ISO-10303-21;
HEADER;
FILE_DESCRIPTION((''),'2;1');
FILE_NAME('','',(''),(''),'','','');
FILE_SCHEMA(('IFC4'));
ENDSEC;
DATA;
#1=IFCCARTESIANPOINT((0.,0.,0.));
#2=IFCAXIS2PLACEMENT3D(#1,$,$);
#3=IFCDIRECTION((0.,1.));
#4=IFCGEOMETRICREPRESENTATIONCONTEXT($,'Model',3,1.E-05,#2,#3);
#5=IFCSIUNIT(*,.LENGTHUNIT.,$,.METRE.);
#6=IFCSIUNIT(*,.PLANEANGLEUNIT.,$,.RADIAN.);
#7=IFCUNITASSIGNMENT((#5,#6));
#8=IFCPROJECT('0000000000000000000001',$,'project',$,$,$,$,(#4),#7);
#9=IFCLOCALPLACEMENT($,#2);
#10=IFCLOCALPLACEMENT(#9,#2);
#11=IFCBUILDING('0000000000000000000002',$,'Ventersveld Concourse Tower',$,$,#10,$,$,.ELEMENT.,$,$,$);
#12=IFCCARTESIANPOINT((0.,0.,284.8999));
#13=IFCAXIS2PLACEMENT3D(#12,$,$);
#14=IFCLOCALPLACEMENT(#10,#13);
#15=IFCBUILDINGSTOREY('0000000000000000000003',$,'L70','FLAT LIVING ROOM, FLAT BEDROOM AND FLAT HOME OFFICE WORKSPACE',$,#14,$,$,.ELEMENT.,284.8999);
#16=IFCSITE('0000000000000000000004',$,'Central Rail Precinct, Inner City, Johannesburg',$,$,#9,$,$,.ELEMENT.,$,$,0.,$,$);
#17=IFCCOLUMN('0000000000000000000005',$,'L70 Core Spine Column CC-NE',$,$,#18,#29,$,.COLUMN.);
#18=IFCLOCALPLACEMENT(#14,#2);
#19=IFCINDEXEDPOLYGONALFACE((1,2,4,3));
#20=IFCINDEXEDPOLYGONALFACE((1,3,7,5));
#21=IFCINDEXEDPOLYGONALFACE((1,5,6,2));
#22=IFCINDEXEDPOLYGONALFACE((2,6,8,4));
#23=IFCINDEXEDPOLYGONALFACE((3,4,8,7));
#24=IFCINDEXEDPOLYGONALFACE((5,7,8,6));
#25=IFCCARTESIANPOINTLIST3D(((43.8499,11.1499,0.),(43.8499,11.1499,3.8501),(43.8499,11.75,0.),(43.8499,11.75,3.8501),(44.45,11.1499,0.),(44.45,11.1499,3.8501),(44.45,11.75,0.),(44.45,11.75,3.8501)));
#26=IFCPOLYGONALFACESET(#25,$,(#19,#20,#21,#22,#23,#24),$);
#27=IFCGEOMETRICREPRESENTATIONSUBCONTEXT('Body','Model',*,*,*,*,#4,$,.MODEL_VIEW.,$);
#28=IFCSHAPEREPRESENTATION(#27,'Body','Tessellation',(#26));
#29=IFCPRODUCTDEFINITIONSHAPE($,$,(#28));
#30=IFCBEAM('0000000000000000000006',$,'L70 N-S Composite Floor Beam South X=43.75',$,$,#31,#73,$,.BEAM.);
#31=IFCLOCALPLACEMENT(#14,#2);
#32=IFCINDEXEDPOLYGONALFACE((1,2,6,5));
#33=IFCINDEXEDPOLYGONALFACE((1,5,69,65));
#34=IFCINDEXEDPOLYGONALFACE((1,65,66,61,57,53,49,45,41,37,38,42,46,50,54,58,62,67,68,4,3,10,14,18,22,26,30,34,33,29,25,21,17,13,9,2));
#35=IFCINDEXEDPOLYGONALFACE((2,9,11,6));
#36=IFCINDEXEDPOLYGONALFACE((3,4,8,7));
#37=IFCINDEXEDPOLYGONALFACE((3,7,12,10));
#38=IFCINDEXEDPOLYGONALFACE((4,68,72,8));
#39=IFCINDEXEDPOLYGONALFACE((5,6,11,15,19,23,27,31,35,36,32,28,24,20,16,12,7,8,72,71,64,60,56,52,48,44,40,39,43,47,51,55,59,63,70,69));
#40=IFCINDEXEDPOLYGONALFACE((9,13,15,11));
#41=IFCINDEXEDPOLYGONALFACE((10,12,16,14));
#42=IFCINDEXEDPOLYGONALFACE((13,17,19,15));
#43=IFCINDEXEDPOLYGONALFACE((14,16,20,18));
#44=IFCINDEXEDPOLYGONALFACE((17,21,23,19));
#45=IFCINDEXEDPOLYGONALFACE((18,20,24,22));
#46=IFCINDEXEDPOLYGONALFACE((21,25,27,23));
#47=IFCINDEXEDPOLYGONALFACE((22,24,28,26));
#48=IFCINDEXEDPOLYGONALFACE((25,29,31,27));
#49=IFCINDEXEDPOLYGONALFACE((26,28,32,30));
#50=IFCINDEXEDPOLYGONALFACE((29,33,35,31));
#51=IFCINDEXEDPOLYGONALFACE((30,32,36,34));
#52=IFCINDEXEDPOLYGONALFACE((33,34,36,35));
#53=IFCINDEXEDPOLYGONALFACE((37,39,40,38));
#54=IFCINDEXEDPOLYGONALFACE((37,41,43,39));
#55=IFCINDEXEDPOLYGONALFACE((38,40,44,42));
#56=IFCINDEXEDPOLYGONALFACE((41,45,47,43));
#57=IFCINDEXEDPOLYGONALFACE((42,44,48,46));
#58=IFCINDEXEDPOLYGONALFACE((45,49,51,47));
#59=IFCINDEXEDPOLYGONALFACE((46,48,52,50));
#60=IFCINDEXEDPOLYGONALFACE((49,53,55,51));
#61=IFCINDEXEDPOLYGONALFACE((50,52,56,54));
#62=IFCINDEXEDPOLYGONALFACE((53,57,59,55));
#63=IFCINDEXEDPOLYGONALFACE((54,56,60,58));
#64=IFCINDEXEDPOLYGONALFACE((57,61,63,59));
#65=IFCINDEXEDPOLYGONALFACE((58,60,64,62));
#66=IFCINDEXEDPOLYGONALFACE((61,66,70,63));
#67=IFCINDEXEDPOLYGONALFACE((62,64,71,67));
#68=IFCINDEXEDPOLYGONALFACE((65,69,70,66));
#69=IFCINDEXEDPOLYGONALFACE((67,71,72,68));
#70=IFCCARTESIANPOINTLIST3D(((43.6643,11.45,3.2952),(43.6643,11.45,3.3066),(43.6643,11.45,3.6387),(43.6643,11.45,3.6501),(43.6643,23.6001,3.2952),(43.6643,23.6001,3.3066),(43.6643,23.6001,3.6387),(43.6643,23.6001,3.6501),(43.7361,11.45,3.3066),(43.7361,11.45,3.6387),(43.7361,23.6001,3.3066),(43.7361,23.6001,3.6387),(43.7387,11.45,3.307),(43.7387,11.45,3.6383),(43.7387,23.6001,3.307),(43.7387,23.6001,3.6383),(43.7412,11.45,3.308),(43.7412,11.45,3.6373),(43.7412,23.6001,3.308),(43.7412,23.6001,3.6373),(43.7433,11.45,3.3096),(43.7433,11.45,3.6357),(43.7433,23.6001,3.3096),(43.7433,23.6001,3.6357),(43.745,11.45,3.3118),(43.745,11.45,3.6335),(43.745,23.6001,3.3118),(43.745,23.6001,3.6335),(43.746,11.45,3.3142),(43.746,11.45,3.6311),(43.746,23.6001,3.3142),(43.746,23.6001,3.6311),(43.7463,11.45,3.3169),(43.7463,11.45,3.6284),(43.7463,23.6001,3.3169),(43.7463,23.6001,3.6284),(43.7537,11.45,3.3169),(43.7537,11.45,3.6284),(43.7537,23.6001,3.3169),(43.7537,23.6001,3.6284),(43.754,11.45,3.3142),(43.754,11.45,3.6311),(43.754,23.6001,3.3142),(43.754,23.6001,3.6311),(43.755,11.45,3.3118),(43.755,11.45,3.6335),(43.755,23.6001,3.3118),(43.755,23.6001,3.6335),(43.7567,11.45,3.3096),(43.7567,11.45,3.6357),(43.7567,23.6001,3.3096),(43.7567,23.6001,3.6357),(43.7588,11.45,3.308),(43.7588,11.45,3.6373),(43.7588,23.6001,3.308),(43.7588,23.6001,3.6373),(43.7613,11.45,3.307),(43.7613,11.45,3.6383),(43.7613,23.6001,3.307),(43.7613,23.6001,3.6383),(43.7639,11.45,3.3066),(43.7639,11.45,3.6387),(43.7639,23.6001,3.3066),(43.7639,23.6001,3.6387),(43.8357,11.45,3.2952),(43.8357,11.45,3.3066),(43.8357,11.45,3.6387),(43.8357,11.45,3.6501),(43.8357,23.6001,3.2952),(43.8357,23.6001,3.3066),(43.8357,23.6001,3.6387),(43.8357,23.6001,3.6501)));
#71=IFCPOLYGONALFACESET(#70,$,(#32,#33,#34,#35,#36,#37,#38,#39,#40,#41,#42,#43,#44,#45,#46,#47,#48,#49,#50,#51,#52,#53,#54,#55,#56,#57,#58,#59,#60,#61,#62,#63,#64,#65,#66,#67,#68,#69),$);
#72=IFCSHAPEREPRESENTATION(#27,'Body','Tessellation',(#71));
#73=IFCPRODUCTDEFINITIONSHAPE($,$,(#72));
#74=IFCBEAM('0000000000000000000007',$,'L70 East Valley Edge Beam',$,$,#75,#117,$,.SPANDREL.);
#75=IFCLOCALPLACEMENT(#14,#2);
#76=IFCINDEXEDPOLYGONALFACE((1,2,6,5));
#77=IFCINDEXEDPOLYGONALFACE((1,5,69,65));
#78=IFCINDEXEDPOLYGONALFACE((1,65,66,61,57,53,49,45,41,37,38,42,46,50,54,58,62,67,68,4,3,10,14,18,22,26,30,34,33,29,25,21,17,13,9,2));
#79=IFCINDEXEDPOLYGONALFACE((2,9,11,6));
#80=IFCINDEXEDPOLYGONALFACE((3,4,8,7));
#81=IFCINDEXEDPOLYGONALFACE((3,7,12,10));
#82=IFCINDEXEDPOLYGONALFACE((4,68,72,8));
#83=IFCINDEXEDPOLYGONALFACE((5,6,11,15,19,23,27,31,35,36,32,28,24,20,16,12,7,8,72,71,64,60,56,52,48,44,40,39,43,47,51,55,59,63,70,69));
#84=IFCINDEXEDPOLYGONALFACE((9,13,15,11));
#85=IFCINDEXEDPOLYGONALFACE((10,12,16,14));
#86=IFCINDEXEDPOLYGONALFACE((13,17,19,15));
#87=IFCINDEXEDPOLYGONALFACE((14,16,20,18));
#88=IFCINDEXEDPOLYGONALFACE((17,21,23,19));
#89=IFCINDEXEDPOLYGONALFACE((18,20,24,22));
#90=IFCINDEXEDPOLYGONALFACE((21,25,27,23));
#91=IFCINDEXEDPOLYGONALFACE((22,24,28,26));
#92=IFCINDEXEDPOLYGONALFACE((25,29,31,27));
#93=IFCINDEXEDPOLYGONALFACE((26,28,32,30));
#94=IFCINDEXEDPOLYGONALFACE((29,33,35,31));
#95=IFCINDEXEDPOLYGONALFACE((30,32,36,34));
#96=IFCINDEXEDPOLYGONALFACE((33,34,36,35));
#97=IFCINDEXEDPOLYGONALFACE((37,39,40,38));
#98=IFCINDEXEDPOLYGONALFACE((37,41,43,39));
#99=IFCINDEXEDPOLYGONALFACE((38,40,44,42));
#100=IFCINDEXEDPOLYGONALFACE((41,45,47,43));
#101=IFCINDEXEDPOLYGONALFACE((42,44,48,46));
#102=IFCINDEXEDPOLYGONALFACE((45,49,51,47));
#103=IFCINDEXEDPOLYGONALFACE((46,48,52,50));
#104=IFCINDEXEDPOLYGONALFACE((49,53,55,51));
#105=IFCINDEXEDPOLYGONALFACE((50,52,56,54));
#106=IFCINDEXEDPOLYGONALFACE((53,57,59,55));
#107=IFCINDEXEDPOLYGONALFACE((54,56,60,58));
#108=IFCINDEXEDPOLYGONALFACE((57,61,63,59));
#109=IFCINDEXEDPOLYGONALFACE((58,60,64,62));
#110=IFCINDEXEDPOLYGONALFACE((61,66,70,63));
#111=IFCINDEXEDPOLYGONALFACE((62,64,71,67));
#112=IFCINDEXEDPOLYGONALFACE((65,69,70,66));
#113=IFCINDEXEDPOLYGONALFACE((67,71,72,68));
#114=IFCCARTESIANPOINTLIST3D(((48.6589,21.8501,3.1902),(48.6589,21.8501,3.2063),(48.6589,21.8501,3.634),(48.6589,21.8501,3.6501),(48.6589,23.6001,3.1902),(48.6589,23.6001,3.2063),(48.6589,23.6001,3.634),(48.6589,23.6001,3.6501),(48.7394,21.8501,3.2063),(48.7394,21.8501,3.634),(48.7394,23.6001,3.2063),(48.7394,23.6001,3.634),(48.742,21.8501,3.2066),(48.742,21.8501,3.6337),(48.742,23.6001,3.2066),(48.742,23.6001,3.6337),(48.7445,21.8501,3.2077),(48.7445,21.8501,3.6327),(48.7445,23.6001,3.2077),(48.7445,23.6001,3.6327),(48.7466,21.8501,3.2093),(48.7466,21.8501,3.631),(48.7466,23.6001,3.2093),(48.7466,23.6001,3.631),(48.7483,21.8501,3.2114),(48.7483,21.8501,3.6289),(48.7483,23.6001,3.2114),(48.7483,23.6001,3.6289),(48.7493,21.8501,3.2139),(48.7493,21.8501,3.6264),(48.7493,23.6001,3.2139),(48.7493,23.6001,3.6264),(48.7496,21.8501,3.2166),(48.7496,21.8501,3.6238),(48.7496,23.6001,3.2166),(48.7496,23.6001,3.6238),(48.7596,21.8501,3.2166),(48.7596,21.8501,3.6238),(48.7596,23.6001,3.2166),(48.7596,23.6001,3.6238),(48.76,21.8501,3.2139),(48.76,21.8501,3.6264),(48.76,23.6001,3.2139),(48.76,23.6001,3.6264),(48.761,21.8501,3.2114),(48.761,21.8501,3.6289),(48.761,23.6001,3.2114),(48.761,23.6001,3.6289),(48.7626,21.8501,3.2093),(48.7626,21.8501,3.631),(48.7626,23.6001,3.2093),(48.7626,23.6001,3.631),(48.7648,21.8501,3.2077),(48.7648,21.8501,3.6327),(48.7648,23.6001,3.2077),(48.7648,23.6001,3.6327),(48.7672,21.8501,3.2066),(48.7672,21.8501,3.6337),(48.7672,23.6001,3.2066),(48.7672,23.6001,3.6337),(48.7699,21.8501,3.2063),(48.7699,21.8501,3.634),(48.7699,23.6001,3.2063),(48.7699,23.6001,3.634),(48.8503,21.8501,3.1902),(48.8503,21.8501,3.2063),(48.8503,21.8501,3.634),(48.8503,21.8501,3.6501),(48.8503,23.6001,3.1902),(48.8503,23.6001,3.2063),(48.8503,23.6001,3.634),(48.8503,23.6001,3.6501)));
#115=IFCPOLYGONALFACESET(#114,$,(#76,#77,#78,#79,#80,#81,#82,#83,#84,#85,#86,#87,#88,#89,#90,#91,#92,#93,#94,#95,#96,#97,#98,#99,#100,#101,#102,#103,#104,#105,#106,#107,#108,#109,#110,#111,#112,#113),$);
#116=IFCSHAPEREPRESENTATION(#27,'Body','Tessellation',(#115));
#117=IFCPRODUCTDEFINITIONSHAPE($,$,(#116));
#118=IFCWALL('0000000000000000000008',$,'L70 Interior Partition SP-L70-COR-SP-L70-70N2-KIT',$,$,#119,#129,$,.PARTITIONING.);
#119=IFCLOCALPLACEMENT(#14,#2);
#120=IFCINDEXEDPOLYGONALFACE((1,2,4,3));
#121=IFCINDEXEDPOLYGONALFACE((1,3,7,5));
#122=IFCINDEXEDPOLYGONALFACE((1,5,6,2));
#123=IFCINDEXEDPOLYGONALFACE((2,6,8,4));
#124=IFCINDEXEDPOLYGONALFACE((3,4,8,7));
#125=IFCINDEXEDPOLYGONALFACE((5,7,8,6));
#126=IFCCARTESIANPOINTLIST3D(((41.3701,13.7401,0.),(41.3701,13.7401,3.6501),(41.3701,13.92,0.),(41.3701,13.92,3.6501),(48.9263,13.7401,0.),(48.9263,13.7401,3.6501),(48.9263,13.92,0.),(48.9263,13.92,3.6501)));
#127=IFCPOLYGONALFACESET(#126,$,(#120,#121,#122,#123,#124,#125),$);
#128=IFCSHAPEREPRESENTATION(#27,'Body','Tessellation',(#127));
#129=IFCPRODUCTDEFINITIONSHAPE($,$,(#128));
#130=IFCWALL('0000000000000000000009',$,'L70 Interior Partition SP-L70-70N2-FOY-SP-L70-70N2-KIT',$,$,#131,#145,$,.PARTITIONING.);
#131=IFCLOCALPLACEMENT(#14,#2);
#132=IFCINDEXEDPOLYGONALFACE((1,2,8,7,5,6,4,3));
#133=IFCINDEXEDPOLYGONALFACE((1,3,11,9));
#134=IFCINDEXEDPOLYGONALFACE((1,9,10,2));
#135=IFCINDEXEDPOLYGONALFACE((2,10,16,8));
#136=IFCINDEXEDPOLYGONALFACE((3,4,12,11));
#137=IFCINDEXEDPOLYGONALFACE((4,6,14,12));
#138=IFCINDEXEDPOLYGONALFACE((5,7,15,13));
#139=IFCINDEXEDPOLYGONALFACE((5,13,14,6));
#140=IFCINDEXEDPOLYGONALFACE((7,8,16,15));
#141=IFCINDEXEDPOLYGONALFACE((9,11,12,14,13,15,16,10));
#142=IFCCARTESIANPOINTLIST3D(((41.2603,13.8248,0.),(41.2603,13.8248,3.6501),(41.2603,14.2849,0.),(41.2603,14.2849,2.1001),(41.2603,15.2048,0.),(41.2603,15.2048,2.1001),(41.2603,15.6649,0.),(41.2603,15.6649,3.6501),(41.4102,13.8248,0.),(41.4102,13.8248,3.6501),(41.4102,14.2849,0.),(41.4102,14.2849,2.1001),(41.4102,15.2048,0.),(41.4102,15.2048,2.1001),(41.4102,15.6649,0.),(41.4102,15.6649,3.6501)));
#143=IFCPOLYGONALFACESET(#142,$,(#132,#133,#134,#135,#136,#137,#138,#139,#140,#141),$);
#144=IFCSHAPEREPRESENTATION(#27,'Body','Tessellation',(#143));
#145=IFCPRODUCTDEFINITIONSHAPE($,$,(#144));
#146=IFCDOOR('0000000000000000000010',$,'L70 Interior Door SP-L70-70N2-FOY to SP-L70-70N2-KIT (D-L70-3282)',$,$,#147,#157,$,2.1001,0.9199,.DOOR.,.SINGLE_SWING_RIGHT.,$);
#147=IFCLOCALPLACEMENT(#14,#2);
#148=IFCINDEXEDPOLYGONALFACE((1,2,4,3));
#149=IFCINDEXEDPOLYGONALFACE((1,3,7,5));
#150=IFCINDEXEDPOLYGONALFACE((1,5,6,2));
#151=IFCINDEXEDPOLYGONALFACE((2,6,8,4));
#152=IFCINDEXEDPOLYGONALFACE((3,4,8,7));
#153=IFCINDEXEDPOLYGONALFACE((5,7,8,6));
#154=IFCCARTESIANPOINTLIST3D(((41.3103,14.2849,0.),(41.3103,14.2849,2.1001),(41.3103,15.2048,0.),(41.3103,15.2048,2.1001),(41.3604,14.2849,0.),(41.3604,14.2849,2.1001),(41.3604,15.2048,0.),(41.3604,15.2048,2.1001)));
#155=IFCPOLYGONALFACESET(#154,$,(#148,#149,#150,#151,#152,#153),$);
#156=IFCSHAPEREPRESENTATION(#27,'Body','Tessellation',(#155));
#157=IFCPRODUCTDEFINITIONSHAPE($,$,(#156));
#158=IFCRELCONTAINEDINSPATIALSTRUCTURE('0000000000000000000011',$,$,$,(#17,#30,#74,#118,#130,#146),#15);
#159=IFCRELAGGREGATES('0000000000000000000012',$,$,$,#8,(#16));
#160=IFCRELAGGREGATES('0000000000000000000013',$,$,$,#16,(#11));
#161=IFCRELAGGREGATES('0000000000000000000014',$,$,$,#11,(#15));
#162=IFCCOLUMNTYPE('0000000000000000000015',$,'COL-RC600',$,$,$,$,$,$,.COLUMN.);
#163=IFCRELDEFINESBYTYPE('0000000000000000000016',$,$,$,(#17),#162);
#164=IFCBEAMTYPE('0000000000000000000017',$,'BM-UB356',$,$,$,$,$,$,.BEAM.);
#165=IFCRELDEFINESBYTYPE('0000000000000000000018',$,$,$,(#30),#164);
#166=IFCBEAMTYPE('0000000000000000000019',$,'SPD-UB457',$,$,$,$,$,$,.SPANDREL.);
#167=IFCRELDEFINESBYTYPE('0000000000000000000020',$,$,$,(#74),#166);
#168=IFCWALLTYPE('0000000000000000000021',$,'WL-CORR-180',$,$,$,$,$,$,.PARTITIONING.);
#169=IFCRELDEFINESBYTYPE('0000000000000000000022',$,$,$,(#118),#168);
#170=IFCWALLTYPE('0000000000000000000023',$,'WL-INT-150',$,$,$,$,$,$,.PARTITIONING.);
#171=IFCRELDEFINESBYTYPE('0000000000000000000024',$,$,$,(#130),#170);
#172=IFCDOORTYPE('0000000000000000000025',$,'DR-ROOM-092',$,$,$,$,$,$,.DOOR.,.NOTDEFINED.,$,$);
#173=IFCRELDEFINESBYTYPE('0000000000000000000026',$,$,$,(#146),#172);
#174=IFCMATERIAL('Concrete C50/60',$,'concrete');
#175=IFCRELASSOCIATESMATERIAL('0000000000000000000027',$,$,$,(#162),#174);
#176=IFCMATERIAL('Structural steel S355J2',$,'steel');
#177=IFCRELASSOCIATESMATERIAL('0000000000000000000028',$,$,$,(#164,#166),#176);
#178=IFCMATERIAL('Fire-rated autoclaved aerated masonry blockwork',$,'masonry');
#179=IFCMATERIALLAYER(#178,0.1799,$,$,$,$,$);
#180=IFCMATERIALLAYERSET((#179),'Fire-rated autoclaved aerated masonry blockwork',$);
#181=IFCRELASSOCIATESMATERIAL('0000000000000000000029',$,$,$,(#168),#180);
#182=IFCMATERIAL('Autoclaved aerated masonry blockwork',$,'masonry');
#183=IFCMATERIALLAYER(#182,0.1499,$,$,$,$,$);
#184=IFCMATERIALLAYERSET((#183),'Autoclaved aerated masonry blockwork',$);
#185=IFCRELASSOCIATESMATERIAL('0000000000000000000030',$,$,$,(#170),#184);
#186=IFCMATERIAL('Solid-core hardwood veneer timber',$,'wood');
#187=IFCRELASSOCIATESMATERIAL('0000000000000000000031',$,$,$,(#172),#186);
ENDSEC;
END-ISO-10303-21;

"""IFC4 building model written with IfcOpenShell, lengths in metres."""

from ifc_helpers import new_model, si_unit, direction, frame, frame_2d, origin, origin_2d, place, context, subcontext, project, spatial, rectangle, i_section, extrude, material, layer, layer_set, material_profile, profile_set, type_object, element, fill, save


model = new_model("IFC4")

# Units and contexts
model_context = context("Model", 3, precision=1e-05, world=origin(), true_north=direction((0.0, 1.0)))
body_context = subcontext(model_context, "Body", "Model", "MODEL_VIEW")
ifc_project = project(units=[si_unit("LENGTHUNIT", "METRE"), si_unit("PLANEANGLEUNIT", "RADIAN")], contexts=[model_context])

# Site, building, storey
site_placement = place(None, origin())
site = spatial("IfcSite", under=ifc_project, at=site_placement, Name="Central Rail Precinct, Inner City, Johannesburg", CompositionType="ELEMENT", RefElevation=0.0)
building_placement = place(site_placement, origin())
building = spatial("IfcBuilding", under=site, at=building_placement, Name="Ventersveld Concourse Tower", CompositionType="ELEMENT")
storey_placement = place(building_placement, frame((0.0, 0.0, 284.8999)))
storey = spatial("IfcBuildingStorey", under=building, at=storey_placement, Name="L70", Description="FLAT LIVING ROOM, FLAT BEDROOM AND FLAT HOME OFFICE WORKSPACE", CompositionType="ELEMENT", Elevation=284.8999)

# Column
ifc_material_1 = material(Name="Concrete C50/60", Category="concrete")
ifc_material_profile_1 = material_profile(ifc_material_1, rectangle(XDim=0.6001, YDim=0.6001, at=origin_2d()), Name="RC 600x600")
ifc_profile_set_1 = profile_set([ifc_material_profile_1], Name="Concrete C50/60")
column_type = type_object("IfcColumnType", Name="COL-RC600", PredefinedType="COLUMN", material=ifc_profile_set_1)
column_placement = place(storey_placement, frame((44.1499, 11.45, 0.0), z_axis=(0.0, 0.0, 1.0), x_axis=(1.0, 0.0, 0.0)))
element("IfcColumn", 1, at=column_placement, inside=storey, type_object=column_type, Name="L70 Core Spine Column CC-NE", PredefinedType="COLUMN", context=body_context, shape_type="SweptSolid", body=[
    extrude(rectangle(XDim=0.6001, YDim=0.6001, at=origin_2d()), origin(), (0.0, 0.0, 1.0), 3.8501),
])

# Beams
ifc_material_2 = material(Name="Structural steel S355J2", Category="steel")
ifc_material_profile_2 = material_profile(ifc_material_2, i_section(OverallWidth=0.1714, OverallDepth=0.355, WebThickness=0.0073, FlangeThickness=0.0115, FilletRadius=0.0103, at=origin_2d()), Name="UB 356x171x51")
ifc_profile_set_2 = profile_set([ifc_material_profile_2], Name="Structural steel S355J2")
beam_type_1 = type_object("IfcBeamType", Name="BM-UB356", PredefinedType="BEAM", material=ifc_profile_set_2)
beam_1_placement = place(storey_placement, frame((43.75, 11.45, 3.4727), z_axis=(0.0, 1.0, 0.0), x_axis=(-1.0, 0.0, 0.0)))
element("IfcBeam", 2, at=beam_1_placement, inside=storey, type_object=beam_type_1, Name="L70 N-S Composite Floor Beam South X=43.75", PredefinedType="BEAM", context=body_context, shape_type="SweptSolid", body=[
    extrude(i_section(OverallWidth=0.1714, OverallDepth=0.355, WebThickness=0.0073, FlangeThickness=0.0115, FilletRadius=0.0103, at=origin_2d()), origin(), (0.0, 0.0, 1.0), 12.1501),
])
ifc_material_profile_3 = material_profile(ifc_material_2, i_section(OverallWidth=0.1914, OverallDepth=0.46, WebThickness=0.01, FlangeThickness=0.0161, FilletRadius=0.0103, at=origin_2d()), Name="UB 457x191x82")
ifc_profile_set_3 = profile_set([ifc_material_profile_3], Name="Structural steel S355J2")
beam_type_2 = type_object("IfcBeamType", Name="SPD-UB457", PredefinedType="SPANDREL", material=ifc_profile_set_3)
beam_2_placement = place(storey_placement, frame((48.7546, 21.8501, 3.4202), z_axis=(0.0, 1.0, 0.0), x_axis=(-1.0, 0.0, 0.0)))
element("IfcBeam", 3, at=beam_2_placement, inside=storey, type_object=beam_type_2, Name="L70 East Valley Edge Beam", PredefinedType="SPANDREL", context=body_context, shape_type="SweptSolid", body=[
    extrude(i_section(OverallWidth=0.1914, OverallDepth=0.46, WebThickness=0.01, FlangeThickness=0.0161, FilletRadius=0.0103, at=origin_2d()), origin(), (0.0, 0.0, 1.0), 1.75),
])

# Shared definitions
ifc_material_3 = material(Name="Fire-rated autoclaved aerated masonry blockwork", Category="masonry")
ifc_layer_1 = layer(ifc_material_3, 0.1799)
ifc_layer_set_1 = layer_set([ifc_layer_1], Name="Fire-rated autoclaved aerated masonry blockwork")
wall_type_1 = type_object("IfcWallType", Name="WL-CORR-180", PredefinedType="PARTITIONING", material=ifc_layer_set_1)
ifc_material_4 = material(Name="Solid-core hardwood veneer timber", Category="wood")

# Wall
wall_1_placement = place(storey_placement, frame((41.3701, 13.8301, 0.0), z_axis=(0.0, 0.0, 1.0), x_axis=(1.0, 0.0, 0.0)))
element("IfcWall", 4, at=wall_1_placement, inside=storey, type_object=wall_type_1, Name="L70 Interior Partition SP-L70-COR-SP-L70-70N2-KIT", PredefinedType="PARTITIONING", context=body_context, shape_type="SweptSolid", body=[
    extrude(rectangle(XDim=7.5562, YDim=0.1799, at=frame_2d((3.7781, 0.0))), origin(), (0.0, 0.0, 1.0), 3.6501),
])

# Wall, opening, door
ifc_material_5 = material(Name="Autoclaved aerated masonry blockwork", Category="masonry")
ifc_layer_2 = layer(ifc_material_5, 0.1499)
ifc_layer_set_2 = layer_set([ifc_layer_2], Name="Autoclaved aerated masonry blockwork")
wall_type_2 = type_object("IfcWallType", Name="WL-INT-150", PredefinedType="PARTITIONING", material=ifc_layer_set_2)
wall_2_placement = place(storey_placement, frame((41.3352, 13.825, 0.0), z_axis=(0.0, 0.0, 1.0), x_axis=(0.0, 1.0, 0.0)))
wall_2 = element("IfcWall", 5, at=wall_2_placement, inside=storey, type_object=wall_type_2, Name="L70 Interior Partition SP-L70-70N2-FOY-SP-L70-70N2-KIT", PredefinedType="PARTITIONING", context=body_context, shape_type="SweptSolid", body=[
    extrude(rectangle(XDim=1.8401, YDim=0.1499, at=frame_2d((0.9199, 0.0))), origin(), (0.0, 0.0, 1.0), 3.6501),
])
opening_1_placement = place(wall_2_placement, frame((0.46, 0.0, 0.0)))
opening_1 = element("IfcOpeningElement", 6, at=opening_1_placement, cuts=wall_2, PredefinedType="OPENING", context=body_context, shape_type="SweptSolid", body=[
    extrude(rectangle(XDim=0.9199, YDim=2.1001, at=frame_2d((0.46, 1.05))), frame((0.0, 0.085, 0.0), z_axis=(0.0, -1.0, 0.0), x_axis=(1.0, 0.0, 0.0)), (0.0, 0.0, 1.0), 0.1699),
])
door_type_1 = type_object("IfcDoorType", Name="DR-ROOM-092", OperationType="NOTDEFINED", PredefinedType="DOOR", material=ifc_material_4)
door_1_placement = place(opening_1_placement, origin())
door_1 = element("IfcDoor", 7, at=door_1_placement, inside=storey, type_object=door_type_1, Name="L70 Interior Door SP-L70-70N2-FOY to SP-L70-70N2-KIT (D-L70-3282)", OperationType="SINGLE_SWING_RIGHT", OverallHeight=2.1001, OverallWidth=0.9199, PredefinedType="DOOR", context=body_context, shape_type="SweptSolid", body=[
    extrude(rectangle(XDim=0.9199, YDim=2.1001, at=frame_2d((0.46, 1.05))), frame((0.0, 0.0249, 0.0), z_axis=(0.0, -1.0, 0.0), x_axis=(1.0, 0.0, 0.0)), (0.0, 0.0, 1.0), 0.05),
])
fill(opening_1, door_1)

save(model, "model.ifc")
